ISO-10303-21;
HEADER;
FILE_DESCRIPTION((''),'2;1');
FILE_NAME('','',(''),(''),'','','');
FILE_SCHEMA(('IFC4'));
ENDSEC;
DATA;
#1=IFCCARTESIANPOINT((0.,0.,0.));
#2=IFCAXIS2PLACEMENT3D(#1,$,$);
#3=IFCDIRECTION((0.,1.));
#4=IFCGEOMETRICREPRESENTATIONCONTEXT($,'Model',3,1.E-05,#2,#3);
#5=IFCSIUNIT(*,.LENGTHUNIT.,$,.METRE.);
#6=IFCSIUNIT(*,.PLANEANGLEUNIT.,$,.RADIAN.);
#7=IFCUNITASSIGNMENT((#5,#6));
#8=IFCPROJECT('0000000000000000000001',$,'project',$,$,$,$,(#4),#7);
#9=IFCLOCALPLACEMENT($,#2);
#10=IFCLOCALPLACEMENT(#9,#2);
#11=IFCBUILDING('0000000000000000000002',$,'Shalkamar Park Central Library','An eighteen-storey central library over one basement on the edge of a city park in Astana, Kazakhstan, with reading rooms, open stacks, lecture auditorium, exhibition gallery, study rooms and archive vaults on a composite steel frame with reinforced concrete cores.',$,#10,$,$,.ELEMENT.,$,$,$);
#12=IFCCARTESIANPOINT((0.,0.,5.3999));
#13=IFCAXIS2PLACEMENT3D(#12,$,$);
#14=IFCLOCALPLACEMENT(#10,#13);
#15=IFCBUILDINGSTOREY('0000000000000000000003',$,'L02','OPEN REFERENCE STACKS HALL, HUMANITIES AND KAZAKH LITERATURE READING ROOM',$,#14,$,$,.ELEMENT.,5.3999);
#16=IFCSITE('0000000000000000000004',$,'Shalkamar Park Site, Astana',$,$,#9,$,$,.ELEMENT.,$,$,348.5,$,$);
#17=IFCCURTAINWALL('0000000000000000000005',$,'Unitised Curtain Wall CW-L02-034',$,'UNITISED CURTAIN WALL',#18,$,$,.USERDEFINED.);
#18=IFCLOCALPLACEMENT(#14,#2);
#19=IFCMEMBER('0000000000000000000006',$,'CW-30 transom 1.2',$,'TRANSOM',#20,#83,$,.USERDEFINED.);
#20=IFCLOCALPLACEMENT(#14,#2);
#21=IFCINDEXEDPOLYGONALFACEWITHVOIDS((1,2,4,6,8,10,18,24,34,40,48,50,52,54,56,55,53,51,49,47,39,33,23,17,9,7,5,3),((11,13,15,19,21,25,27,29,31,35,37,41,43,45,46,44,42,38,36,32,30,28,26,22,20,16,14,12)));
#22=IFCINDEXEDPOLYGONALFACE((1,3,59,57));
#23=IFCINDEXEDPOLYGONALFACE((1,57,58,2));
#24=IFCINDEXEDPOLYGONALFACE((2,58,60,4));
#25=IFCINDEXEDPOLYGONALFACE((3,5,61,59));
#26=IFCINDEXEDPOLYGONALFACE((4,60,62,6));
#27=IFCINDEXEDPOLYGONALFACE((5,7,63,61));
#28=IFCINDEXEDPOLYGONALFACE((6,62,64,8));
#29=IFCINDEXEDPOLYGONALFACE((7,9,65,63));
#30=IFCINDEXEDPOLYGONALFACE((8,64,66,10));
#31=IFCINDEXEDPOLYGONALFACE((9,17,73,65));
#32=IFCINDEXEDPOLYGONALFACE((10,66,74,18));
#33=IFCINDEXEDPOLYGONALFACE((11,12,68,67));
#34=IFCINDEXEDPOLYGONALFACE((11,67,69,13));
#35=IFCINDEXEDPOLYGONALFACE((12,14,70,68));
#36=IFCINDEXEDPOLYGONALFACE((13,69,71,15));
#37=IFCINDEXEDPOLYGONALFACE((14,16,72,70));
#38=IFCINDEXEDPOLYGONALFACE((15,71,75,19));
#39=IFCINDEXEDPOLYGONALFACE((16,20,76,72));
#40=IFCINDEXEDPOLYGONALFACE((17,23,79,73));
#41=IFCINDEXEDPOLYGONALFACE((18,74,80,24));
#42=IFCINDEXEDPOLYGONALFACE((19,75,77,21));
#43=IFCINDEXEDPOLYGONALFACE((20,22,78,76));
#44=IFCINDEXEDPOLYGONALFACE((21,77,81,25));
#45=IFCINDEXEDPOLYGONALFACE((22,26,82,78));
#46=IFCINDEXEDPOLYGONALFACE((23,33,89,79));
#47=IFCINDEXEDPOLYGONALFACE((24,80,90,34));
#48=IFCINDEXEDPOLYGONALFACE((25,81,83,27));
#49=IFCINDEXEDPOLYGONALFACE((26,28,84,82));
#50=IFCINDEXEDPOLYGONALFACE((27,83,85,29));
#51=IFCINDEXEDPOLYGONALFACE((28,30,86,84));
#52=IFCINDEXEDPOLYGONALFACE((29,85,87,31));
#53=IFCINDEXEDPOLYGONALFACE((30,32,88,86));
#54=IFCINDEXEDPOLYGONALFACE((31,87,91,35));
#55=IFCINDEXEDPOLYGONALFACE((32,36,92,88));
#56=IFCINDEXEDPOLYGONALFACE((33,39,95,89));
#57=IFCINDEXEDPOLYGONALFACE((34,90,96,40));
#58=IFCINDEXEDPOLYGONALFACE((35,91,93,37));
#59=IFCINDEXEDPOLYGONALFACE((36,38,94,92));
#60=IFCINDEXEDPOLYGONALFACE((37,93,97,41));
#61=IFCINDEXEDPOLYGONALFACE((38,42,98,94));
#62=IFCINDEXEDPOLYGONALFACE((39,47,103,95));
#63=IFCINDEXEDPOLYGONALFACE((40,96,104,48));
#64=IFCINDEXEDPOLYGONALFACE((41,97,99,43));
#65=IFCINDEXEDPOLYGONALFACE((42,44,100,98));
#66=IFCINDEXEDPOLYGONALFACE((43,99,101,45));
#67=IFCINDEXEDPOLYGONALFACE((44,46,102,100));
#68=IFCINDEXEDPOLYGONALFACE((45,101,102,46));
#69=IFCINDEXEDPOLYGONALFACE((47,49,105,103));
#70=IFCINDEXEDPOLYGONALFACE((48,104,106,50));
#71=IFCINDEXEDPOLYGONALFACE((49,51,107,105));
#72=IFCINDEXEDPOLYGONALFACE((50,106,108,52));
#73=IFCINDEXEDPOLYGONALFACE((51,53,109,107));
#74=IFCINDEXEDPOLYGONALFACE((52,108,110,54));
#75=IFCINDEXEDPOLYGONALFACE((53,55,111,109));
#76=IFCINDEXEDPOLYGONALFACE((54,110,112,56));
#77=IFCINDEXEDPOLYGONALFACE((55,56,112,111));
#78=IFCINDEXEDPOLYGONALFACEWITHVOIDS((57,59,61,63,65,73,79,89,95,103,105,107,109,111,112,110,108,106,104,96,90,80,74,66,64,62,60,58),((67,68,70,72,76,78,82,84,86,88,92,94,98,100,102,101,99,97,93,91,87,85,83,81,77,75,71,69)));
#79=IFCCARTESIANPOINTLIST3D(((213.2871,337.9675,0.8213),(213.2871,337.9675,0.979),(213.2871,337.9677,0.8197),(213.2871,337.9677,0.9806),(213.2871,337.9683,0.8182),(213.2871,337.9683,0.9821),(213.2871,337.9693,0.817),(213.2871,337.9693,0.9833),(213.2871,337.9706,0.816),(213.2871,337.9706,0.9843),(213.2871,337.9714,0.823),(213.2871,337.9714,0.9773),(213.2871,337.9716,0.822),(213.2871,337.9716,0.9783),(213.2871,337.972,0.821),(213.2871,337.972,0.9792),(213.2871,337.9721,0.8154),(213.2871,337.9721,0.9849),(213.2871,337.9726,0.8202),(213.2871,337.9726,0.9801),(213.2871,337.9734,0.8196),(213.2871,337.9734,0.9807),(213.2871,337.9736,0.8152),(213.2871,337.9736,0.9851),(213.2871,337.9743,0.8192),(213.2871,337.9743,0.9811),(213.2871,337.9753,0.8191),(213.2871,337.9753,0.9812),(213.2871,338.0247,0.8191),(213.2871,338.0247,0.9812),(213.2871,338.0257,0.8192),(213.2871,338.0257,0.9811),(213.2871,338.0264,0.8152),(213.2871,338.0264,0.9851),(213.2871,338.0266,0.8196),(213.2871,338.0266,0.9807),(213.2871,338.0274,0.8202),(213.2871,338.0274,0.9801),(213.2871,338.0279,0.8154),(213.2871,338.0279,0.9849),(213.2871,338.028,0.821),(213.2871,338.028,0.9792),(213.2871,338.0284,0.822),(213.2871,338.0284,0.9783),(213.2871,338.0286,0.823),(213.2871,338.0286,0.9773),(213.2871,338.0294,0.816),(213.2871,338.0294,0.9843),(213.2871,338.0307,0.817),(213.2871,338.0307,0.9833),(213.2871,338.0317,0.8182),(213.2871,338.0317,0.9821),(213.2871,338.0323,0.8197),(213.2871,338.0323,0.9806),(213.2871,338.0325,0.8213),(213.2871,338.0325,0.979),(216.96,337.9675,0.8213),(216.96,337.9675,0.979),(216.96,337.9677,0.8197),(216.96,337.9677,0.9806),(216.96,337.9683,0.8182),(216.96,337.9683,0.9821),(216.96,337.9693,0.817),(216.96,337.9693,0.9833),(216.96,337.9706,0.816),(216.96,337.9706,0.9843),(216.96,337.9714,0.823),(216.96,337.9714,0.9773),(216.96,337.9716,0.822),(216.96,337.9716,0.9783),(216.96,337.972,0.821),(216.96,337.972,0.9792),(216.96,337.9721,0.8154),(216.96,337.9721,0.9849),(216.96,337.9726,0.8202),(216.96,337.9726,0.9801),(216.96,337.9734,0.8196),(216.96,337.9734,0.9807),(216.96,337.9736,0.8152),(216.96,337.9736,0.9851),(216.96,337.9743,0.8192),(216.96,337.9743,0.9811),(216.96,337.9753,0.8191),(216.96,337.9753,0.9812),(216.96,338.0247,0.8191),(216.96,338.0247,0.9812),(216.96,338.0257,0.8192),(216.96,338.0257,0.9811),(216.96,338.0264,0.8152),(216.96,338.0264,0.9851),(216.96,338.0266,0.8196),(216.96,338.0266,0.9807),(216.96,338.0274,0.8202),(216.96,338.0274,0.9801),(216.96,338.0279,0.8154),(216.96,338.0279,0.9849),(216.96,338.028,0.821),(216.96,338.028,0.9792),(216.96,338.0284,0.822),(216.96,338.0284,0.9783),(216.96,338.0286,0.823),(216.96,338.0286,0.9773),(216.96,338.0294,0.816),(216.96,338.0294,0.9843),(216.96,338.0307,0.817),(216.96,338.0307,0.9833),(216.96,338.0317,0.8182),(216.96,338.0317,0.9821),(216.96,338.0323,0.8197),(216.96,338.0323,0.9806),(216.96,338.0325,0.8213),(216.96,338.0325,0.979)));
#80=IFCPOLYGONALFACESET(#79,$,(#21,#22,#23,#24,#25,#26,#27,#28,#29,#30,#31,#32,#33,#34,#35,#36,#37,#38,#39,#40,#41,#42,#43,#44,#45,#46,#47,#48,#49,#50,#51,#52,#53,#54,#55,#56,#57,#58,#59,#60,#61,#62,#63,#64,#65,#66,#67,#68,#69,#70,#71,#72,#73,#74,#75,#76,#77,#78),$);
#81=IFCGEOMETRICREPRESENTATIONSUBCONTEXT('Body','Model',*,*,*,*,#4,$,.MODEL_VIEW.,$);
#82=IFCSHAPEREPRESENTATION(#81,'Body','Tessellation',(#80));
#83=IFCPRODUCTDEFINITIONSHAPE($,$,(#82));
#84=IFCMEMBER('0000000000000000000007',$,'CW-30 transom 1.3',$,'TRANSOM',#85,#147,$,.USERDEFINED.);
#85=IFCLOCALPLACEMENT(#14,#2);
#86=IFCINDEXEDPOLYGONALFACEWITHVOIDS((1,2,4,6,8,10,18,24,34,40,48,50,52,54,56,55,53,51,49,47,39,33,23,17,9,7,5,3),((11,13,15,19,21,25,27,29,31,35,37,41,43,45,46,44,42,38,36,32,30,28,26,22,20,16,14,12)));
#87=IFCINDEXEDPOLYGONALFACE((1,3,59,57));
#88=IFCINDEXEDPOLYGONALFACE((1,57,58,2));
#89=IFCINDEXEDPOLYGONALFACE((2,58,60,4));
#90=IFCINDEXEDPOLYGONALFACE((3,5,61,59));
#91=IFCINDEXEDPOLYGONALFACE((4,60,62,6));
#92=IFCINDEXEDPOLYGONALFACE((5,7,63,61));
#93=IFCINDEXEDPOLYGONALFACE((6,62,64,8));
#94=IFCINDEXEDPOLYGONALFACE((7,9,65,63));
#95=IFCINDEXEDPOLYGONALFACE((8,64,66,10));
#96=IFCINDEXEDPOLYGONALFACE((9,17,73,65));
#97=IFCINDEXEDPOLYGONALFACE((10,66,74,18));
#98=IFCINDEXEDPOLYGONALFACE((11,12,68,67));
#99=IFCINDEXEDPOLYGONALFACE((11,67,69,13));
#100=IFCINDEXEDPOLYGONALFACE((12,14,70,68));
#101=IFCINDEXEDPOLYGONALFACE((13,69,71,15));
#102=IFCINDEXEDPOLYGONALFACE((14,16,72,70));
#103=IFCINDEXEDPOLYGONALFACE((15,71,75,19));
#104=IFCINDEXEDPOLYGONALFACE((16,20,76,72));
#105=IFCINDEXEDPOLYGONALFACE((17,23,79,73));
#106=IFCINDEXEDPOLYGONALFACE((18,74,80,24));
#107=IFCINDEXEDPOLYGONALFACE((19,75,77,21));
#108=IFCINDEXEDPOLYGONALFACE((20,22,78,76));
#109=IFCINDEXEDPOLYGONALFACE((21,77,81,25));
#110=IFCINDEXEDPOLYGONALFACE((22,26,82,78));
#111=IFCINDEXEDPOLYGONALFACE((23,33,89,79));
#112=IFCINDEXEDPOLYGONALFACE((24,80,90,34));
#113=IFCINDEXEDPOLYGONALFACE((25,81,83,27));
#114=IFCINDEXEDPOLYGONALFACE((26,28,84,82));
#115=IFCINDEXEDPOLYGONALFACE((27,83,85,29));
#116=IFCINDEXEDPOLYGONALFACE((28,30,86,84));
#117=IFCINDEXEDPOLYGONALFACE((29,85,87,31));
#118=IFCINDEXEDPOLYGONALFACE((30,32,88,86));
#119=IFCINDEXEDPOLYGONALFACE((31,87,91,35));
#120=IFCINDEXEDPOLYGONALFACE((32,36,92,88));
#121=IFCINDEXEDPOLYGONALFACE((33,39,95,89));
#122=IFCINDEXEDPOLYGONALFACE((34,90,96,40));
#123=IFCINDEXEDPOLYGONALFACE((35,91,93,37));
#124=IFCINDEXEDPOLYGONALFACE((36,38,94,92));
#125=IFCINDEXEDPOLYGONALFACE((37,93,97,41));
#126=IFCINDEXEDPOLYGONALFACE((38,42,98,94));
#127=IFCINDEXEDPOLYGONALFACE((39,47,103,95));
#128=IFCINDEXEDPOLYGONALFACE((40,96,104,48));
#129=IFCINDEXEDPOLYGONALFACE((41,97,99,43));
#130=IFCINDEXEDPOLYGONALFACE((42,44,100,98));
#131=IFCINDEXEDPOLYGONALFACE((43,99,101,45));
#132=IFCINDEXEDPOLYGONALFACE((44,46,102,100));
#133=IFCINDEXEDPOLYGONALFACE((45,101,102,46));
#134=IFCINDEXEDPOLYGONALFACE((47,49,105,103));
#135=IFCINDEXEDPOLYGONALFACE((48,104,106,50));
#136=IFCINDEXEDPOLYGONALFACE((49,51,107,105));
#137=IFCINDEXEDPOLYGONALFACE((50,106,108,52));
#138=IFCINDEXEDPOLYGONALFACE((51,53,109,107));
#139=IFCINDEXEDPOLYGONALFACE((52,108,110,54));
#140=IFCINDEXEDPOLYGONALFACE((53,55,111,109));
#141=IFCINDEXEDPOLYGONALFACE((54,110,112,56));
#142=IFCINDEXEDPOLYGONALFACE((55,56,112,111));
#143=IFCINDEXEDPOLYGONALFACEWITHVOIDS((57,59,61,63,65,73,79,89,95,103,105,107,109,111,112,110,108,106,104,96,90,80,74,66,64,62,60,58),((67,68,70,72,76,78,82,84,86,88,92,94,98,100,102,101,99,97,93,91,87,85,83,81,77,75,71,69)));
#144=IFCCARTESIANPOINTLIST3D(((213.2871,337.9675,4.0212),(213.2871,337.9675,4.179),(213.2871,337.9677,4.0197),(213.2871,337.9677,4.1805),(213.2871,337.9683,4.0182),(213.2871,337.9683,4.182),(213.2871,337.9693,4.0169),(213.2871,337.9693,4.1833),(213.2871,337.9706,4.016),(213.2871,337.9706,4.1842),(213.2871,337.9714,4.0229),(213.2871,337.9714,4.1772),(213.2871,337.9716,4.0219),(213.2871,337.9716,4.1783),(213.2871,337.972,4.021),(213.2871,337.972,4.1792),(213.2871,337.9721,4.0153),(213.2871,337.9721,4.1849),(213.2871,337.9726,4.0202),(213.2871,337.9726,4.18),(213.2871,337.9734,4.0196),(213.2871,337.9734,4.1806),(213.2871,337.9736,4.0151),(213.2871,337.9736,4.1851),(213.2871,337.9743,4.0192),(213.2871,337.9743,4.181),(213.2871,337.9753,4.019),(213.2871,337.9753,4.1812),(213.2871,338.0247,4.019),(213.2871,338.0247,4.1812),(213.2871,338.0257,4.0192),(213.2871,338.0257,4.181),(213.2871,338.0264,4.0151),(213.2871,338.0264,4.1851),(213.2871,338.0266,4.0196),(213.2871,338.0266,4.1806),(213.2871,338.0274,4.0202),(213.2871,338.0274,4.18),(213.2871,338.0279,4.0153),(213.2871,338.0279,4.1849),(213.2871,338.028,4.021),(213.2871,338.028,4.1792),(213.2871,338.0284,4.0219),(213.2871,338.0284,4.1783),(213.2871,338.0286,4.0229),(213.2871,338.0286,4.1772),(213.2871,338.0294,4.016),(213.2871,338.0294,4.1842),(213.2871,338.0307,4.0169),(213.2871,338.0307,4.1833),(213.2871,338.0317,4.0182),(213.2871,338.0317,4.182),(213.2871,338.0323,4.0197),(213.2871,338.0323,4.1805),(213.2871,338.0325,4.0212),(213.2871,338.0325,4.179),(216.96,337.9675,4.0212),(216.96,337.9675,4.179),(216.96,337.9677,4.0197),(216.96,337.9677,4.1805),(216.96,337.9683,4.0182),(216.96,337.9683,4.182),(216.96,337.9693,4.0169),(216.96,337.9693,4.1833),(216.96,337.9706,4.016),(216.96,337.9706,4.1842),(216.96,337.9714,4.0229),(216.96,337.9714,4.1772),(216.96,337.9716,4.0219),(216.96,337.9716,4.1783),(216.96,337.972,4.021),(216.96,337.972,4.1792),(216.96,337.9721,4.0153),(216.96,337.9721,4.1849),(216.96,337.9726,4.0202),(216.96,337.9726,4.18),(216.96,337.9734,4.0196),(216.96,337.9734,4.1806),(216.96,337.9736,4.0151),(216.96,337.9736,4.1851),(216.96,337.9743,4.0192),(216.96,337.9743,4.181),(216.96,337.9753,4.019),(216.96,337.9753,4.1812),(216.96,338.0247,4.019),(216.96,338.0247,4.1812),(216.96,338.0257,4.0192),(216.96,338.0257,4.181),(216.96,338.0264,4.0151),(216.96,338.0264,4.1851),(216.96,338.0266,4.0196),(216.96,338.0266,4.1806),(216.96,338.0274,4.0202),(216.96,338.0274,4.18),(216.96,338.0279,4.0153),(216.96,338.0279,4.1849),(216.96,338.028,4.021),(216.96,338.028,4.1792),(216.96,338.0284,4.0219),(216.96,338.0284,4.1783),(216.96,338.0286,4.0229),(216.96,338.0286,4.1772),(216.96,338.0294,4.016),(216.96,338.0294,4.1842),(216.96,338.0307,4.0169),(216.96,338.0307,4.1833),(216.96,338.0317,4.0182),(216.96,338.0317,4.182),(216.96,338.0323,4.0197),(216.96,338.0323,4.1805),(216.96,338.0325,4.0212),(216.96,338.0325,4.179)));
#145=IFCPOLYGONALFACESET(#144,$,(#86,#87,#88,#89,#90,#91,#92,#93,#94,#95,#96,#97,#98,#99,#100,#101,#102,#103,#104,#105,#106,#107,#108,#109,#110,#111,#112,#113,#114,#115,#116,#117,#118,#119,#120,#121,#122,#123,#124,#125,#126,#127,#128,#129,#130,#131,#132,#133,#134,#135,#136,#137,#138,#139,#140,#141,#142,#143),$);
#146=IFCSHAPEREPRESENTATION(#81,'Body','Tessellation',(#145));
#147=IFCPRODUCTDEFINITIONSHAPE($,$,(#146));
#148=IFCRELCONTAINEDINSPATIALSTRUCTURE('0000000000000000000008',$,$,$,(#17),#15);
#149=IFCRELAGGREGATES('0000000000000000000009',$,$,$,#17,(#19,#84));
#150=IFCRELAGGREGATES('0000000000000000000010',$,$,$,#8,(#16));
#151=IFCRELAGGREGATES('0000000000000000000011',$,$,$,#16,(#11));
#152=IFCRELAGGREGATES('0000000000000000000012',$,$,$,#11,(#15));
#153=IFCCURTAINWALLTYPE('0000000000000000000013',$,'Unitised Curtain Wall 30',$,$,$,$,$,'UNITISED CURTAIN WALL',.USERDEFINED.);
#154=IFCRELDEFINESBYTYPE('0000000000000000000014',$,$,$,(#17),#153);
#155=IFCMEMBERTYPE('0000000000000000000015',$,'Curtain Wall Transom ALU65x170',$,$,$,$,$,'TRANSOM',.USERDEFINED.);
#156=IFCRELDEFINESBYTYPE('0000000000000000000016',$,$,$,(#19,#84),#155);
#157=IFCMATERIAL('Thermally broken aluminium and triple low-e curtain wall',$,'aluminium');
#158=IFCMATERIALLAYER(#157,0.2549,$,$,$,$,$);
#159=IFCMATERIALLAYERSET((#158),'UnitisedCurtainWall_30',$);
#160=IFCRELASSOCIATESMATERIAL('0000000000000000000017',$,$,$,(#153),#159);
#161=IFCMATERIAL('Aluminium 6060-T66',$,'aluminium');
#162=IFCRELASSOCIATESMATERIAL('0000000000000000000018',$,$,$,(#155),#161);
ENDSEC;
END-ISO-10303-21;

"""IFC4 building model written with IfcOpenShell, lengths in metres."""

from ifc_helpers import new_model, si_unit, direction, frame, origin, origin_2d, place, context, subcontext, project, spatial, hollow_rectangle, extrude, material, layer, layer_set, material_profile, profile_set, type_object, element, aggregate, save


model = new_model("IFC4")

# Units and contexts
model_context = context("Model", 3, precision=1e-05, world=origin(), true_north=direction((0.0, 1.0)))
body_context = subcontext(model_context, "Body", "Model", "MODEL_VIEW")
ifc_project = project(units=[si_unit("LENGTHUNIT", "METRE"), si_unit("PLANEANGLEUNIT", "RADIAN")], contexts=[model_context])

# Site, building, storey
site_placement = place(None, origin())
site = spatial("IfcSite", under=ifc_project, at=site_placement, Name="Shalkamar Park Site, Astana", CompositionType="ELEMENT", RefElevation=348.5)
building_placement = place(site_placement, origin())
building = spatial("IfcBuilding", under=site, at=building_placement, Name="Shalkamar Park Central Library", Description="An eighteen-storey central library over one basement on the edge of a city park in Astana, Kazakhstan, with reading rooms, open stacks, lecture auditorium, exhibition gallery, study rooms and archive vaults on a composite steel frame with reinforced concrete cores.", CompositionType="ELEMENT")
storey_placement = place(building_placement, frame((0.0, 0.0, 5.3999)))
storey = spatial("IfcBuildingStorey", under=building, at=storey_placement, Name="L02", Description="OPEN REFERENCE STACKS HALL, HUMANITIES AND KAZAKH LITERATURE READING ROOM", CompositionType="ELEMENT", Elevation=5.3999)

# Shared definitions
ifc_material_1 = material(Name="Thermally broken aluminium and triple low-e curtain wall", Category="aluminium")
ifc_material_2 = material(Name="Aluminium 6060-T66", Category="aluminium")

# Curtain wall
ifc_layer_1 = layer(ifc_material_1, 0.2549)
ifc_layer_set_1 = layer_set([ifc_layer_1], Name="UnitisedCurtainWall_30")
curtain_wall_type_1 = type_object("IfcCurtainWallType", Name="Unitised Curtain Wall 30", ElementType="UNITISED CURTAIN WALL", PredefinedType="USERDEFINED", material=ifc_layer_set_1)
curtain_wall_1_placement = place(storey_placement, origin())
curtain_wall_1 = element("IfcCurtainWall", 1, at=curtain_wall_1_placement, inside=storey, type_object=curtain_wall_type_1, Name="Unitised Curtain Wall CW-L02-034", ObjectType="UNITISED CURTAIN WALL", PredefinedType="USERDEFINED")

# Members
ifc_material_profile_1 = material_profile(ifc_material_2, hollow_rectangle(XDim=0.0649, YDim=0.1699, WallThickness=0.0039, InnerFilletRadius=0.0039, OuterFilletRadius=0.0061, at=origin_2d()), Name="ALU 65x170x4")
ifc_profile_set_1 = profile_set([ifc_material_profile_1], Name="Aluminium 6060-T66")
member_type_1 = type_object("IfcMemberType", Name="Curtain Wall Transom ALU65x170", ElementType="TRANSOM", PredefinedType="USERDEFINED", material=ifc_profile_set_1)
member_1_placement = place(storey_placement, frame((213.2871, 338.0, 0.9001), z_axis=(1.0, 0.0, 0.0), x_axis=(0.0, 1.0, 0.0)))
member_1 = element("IfcMember", 2, at=member_1_placement, type_object=member_type_1, Name="CW-30 transom 1.2", ObjectType="TRANSOM", PredefinedType="USERDEFINED", context=body_context, shape_type="SweptSolid", body=[
    extrude(hollow_rectangle(XDim=0.0649, YDim=0.1699, WallThickness=0.0039, InnerFilletRadius=0.0039, OuterFilletRadius=0.0061, at=origin_2d()), origin(), (0.0, 0.0, 1.0), 3.6729),
])
member_2_placement = place(storey_placement, frame((213.2871, 338.0, 4.1001), z_axis=(1.0, 0.0, 0.0), x_axis=(0.0, 1.0, 0.0)))
member_2 = element("IfcMember", 3, at=member_2_placement, type_object=member_type_1, Name="CW-30 transom 1.3", ObjectType="TRANSOM", PredefinedType="USERDEFINED", context=body_context, shape_type="SweptSolid", body=[
    extrude(hollow_rectangle(XDim=0.0649, YDim=0.1699, WallThickness=0.0039, InnerFilletRadius=0.0039, OuterFilletRadius=0.0061, at=origin_2d()), origin(), (0.0, 0.0, 1.0), 3.6729),
])

aggregate(curtain_wall_1, [member_1, member_2])

save(model, "model.ifc")
